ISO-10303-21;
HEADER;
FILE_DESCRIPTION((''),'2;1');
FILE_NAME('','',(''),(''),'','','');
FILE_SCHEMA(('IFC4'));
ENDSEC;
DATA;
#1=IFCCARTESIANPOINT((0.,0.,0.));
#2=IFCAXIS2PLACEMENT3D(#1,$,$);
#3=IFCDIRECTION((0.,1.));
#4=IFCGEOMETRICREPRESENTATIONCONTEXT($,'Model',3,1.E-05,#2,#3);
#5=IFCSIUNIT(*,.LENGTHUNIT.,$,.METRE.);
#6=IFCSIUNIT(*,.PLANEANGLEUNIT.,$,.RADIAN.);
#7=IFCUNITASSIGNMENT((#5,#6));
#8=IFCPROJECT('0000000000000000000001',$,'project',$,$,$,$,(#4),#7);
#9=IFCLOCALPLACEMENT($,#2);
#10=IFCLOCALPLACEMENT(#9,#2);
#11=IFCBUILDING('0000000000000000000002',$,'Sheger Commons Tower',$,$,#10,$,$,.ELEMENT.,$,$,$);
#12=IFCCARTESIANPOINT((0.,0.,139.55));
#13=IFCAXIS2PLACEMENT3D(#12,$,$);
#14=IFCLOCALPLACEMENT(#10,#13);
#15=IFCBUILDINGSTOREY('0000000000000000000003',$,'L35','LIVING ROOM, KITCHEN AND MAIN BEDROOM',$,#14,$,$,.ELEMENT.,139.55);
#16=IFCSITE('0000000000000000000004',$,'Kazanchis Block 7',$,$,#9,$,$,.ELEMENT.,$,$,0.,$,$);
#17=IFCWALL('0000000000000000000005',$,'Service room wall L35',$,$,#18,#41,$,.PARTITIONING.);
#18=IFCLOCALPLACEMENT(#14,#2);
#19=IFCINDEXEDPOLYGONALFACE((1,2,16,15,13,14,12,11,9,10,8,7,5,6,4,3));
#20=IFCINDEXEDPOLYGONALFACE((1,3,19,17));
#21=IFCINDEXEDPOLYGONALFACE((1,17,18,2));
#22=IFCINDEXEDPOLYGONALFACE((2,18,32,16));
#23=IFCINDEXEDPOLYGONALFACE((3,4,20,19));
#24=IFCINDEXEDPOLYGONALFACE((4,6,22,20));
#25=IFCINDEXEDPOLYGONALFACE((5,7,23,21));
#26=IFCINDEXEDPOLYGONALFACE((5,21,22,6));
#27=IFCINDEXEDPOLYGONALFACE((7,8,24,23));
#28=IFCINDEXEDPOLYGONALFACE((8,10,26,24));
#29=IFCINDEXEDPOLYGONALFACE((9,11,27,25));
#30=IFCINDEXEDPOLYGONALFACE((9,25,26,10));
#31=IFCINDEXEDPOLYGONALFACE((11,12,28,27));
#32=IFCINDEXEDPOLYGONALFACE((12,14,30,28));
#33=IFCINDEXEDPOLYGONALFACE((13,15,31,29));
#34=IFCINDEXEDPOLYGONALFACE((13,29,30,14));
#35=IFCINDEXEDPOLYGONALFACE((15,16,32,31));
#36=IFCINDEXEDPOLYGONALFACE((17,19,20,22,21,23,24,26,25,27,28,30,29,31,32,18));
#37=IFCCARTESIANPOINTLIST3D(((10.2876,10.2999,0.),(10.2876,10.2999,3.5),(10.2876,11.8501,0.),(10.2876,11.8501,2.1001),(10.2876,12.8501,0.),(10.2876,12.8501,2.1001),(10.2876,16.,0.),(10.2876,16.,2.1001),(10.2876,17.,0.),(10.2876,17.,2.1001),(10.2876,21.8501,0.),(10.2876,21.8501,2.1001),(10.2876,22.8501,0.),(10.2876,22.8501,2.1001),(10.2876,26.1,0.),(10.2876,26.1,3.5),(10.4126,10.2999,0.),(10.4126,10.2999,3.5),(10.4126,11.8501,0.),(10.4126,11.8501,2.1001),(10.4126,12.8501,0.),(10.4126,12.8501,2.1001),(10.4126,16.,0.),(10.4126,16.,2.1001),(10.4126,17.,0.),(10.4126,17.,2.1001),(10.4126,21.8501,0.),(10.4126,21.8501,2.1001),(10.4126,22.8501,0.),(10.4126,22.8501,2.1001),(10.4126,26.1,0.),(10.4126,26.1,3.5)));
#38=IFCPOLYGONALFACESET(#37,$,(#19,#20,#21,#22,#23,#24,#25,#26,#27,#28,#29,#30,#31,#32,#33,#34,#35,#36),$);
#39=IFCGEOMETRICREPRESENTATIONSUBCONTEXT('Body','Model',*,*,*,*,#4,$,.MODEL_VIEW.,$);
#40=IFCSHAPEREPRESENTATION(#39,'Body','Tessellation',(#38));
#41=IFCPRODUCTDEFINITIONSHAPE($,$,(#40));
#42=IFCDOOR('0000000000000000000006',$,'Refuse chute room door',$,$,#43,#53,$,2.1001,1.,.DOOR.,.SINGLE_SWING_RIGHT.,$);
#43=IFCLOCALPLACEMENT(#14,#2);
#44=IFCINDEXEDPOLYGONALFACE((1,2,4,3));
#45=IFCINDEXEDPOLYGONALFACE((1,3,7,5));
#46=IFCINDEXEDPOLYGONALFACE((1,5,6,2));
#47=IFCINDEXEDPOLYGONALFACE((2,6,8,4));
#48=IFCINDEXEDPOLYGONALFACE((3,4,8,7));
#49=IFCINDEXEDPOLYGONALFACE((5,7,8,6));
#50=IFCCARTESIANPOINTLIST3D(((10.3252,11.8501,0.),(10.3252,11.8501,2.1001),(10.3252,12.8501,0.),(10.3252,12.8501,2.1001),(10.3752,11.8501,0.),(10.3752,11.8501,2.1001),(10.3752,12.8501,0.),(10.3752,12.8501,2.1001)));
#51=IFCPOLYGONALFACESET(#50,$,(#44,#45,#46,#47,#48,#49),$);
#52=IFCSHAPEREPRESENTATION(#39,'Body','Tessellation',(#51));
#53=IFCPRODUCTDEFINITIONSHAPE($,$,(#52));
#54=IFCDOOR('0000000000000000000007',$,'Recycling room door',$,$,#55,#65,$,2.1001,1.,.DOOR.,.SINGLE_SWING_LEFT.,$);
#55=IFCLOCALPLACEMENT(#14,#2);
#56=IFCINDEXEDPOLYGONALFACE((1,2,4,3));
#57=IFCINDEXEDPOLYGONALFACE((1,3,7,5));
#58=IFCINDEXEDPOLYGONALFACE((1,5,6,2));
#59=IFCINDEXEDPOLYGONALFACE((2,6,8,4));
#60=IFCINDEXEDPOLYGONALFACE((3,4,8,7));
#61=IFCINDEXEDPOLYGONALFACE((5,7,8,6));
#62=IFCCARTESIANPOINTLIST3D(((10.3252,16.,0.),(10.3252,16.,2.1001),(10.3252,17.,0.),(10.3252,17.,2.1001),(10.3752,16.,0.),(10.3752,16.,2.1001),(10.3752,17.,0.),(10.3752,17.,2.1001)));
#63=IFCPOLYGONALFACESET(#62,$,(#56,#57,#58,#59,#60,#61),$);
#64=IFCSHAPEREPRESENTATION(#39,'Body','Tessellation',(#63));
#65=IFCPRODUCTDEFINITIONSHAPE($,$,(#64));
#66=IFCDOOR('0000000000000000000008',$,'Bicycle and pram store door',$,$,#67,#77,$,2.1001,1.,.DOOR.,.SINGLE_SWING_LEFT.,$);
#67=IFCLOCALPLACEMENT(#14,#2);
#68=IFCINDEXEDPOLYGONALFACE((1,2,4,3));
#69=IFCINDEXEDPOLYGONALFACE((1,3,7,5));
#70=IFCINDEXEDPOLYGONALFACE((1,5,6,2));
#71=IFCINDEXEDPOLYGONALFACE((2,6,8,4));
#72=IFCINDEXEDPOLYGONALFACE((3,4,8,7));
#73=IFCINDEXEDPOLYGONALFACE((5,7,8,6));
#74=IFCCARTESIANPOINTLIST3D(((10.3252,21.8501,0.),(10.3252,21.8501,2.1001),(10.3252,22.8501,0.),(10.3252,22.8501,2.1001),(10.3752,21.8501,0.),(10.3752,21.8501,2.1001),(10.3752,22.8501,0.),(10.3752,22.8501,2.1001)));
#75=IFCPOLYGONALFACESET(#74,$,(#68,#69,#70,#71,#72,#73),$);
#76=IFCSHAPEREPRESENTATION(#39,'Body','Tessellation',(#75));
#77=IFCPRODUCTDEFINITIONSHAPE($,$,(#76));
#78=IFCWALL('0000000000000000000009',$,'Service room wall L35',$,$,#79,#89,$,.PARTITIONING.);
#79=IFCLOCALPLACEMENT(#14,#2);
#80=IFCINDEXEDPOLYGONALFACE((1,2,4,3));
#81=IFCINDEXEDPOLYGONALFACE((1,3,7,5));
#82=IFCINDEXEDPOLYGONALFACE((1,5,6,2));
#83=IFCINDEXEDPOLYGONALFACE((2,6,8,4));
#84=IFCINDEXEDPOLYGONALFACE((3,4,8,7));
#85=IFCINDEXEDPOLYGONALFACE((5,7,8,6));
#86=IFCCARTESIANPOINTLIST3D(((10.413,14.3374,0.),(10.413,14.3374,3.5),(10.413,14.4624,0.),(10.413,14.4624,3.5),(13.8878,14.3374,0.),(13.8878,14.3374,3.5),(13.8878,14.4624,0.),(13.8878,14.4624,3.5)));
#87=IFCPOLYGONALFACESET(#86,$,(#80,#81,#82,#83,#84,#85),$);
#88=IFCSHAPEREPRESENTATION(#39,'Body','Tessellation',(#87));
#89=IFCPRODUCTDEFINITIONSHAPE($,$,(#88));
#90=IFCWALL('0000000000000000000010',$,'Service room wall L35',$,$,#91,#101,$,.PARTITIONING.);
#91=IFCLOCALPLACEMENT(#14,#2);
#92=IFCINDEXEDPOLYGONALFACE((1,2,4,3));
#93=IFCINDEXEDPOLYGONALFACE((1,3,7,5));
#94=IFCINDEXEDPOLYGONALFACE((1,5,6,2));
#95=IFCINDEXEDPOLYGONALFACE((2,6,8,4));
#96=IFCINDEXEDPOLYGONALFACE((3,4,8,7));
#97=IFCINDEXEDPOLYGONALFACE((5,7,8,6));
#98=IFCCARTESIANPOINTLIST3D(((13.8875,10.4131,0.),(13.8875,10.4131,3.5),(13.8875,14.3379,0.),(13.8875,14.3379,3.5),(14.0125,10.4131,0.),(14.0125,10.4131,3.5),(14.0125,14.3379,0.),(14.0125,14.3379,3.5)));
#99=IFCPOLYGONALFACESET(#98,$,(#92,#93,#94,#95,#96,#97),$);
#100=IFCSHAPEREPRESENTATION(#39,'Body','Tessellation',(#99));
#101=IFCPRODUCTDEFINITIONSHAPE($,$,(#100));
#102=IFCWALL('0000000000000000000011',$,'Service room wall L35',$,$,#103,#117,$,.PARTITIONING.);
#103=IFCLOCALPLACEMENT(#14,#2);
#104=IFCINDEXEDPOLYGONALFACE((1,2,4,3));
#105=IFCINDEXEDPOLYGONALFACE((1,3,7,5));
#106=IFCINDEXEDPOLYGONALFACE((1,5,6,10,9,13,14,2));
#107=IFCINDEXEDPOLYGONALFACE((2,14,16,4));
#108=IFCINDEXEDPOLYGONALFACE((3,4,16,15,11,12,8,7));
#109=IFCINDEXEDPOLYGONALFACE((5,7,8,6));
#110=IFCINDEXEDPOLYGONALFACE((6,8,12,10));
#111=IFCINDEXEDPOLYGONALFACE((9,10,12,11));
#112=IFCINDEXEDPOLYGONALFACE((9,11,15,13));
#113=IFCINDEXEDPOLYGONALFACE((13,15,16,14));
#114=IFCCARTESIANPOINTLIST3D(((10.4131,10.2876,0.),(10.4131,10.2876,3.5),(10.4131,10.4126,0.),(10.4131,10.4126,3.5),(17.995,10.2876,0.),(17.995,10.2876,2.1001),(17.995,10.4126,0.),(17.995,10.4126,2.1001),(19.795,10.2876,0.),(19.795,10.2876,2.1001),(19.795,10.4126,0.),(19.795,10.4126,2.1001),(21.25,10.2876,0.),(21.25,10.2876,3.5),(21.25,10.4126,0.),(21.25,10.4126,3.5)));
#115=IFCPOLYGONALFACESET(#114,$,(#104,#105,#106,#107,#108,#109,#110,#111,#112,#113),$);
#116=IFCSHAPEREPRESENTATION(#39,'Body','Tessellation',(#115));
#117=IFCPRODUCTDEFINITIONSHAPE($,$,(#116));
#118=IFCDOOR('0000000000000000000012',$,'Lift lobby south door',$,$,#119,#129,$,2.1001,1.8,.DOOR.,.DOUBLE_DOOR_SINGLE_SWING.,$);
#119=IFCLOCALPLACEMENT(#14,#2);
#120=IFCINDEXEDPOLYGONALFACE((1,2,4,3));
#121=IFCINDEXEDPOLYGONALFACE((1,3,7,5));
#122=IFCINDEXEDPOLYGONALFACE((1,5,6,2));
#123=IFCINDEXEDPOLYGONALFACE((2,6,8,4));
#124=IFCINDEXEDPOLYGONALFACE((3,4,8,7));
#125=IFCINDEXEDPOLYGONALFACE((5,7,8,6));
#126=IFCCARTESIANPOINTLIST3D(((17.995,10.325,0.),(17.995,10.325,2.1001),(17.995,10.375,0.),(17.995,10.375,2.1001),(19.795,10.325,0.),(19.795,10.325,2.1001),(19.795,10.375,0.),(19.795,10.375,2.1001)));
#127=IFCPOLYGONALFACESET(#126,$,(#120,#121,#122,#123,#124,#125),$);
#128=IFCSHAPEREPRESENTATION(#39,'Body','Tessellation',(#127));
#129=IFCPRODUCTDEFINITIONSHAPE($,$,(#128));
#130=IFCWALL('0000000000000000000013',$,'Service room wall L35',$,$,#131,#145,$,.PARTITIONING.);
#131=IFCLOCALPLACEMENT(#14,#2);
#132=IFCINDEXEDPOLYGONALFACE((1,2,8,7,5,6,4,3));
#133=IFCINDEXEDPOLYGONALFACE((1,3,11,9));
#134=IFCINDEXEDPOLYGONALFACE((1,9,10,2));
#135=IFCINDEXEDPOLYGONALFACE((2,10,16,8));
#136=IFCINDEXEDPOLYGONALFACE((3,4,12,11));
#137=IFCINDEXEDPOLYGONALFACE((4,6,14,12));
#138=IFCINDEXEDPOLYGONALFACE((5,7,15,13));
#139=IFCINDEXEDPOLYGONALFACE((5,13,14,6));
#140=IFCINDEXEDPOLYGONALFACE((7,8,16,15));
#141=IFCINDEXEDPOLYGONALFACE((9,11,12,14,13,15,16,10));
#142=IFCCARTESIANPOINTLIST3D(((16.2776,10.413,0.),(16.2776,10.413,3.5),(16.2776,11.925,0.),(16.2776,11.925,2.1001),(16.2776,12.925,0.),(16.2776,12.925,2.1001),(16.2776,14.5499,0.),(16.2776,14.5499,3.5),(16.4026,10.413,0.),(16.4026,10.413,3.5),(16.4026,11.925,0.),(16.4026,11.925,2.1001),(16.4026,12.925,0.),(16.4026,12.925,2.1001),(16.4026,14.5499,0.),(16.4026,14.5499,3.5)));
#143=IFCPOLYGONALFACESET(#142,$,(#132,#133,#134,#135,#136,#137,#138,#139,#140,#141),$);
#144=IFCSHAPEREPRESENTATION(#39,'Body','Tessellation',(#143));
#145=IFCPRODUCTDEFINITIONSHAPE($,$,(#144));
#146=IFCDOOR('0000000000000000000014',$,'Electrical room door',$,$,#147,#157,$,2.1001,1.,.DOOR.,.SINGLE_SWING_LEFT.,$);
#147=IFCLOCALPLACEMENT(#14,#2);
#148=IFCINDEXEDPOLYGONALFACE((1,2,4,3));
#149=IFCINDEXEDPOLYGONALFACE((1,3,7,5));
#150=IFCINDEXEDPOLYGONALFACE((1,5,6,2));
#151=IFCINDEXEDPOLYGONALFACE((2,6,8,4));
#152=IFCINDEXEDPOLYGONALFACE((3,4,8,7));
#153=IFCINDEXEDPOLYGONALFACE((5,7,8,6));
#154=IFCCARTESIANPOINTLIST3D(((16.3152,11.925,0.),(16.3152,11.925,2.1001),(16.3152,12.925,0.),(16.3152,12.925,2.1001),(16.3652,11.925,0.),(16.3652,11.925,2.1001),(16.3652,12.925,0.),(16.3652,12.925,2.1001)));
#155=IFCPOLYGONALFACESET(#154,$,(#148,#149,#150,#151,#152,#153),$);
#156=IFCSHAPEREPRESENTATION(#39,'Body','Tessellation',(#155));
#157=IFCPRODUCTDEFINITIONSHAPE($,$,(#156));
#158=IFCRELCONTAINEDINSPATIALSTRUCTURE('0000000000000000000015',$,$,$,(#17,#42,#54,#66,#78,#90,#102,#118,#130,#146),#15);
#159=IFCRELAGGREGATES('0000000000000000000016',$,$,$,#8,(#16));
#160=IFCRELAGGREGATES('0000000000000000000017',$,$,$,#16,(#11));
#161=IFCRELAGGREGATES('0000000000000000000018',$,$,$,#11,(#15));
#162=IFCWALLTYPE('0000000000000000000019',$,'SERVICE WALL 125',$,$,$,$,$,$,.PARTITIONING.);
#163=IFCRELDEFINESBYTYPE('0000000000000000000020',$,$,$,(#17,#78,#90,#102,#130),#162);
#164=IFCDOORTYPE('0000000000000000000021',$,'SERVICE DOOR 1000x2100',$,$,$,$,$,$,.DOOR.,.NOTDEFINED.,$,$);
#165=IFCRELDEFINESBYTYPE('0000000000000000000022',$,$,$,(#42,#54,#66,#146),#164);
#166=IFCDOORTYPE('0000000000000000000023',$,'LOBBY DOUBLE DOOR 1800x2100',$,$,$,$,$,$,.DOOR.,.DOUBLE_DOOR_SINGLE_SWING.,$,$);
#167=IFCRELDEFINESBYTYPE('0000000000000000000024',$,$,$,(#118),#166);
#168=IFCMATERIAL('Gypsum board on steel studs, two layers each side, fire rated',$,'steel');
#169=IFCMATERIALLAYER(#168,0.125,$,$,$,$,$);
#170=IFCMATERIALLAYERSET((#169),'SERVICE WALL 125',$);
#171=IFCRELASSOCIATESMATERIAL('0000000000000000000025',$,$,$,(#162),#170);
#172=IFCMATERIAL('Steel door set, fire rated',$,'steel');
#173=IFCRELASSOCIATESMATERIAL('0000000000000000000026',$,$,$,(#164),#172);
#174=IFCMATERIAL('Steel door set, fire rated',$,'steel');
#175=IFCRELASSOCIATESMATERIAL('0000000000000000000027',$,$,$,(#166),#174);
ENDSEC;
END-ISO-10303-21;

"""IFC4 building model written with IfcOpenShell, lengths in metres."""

from ifc_helpers import new_model, si_unit, direction, frame, frame_2d, origin, place, context, subcontext, project, spatial, rectangle, extrude, material, layer, layer_set, type_object, element, fill, save


model = new_model("IFC4")

# Units and contexts
model_context = context("Model", 3, precision=1e-05, world=origin(), true_north=direction((0.0, 1.0)))
body_context = subcontext(model_context, "Body", "Model", "MODEL_VIEW")
ifc_project = project(units=[si_unit("LENGTHUNIT", "METRE"), si_unit("PLANEANGLEUNIT", "RADIAN")], contexts=[model_context])

# Site, building, storey
site_placement = place(None, origin())
site = spatial("IfcSite", under=ifc_project, at=site_placement, Name="Kazanchis Block 7", CompositionType="ELEMENT", RefElevation=0.0)
building_placement = place(site_placement, origin())
building = spatial("IfcBuilding", under=site, at=building_placement, Name="Sheger Commons Tower", CompositionType="ELEMENT")
storey_placement = place(building_placement, frame((0.0, 0.0, 139.55)))
storey = spatial("IfcBuildingStorey", under=building, at=storey_placement, Name="L35", Description="LIVING ROOM, KITCHEN AND MAIN BEDROOM", CompositionType="ELEMENT", Elevation=139.55)

# Wall, openings, doors
ifc_material_1 = material(Name="Gypsum board on steel studs, two layers each side, fire rated", Category="steel")
ifc_layer_1 = layer(ifc_material_1, 0.125)
ifc_layer_set_1 = layer_set([ifc_layer_1], Name="SERVICE WALL 125")
wall_type_1 = type_object("IfcWallType", Name="SERVICE WALL 125", PredefinedType="PARTITIONING", material=ifc_layer_set_1)
wall_1_placement = place(storey_placement, frame((10.3501, 10.3, 0.0), z_axis=(0.0, 0.0, 1.0), x_axis=(0.0, 1.0, 0.0)))
wall_1 = element("IfcWall", 1, at=wall_1_placement, inside=storey, type_object=wall_type_1, Name="Service room wall L35", PredefinedType="PARTITIONING", context=body_context, shape_type="SweptSolid", body=[
    extrude(rectangle(XDim=15.8, YDim=0.125, at=frame_2d((7.8999, 0.0))), origin(), (0.0, 0.0, 1.0), 3.5),
])
opening_1_placement = place(wall_1_placement, frame((1.55, 0.0, 0.0)))
opening_1 = element("IfcOpeningElement", 2, at=opening_1_placement, cuts=wall_1, PredefinedType="OPENING", context=body_context, shape_type="SweptSolid", body=[
    extrude(rectangle(XDim=1.0, YDim=2.1001, at=frame_2d((0.5, 1.05))), frame((0.0, 0.0725, 0.0), z_axis=(0.0, -1.0, 0.0), x_axis=(1.0, 0.0, 0.0)), (0.0, 0.0, 1.0), 0.145),
])
opening_2_placement = place(wall_1_placement, frame((5.7, 0.0, 0.0)))
opening_2 = element("IfcOpeningElement", 3, at=opening_2_placement, cuts=wall_1, PredefinedType="OPENING", context=body_context, shape_type="SweptSolid", body=[
    extrude(rectangle(XDim=1.0, YDim=2.1001, at=frame_2d((0.5, 1.05))), frame((0.0, 0.0725, 0.0), z_axis=(0.0, -1.0, 0.0), x_axis=(1.0, 0.0, 0.0)), (0.0, 0.0, 1.0), 0.145),
])
opening_3_placement = place(wall_1_placement, frame((11.55, 0.0, 0.0)))
opening_3 = element("IfcOpeningElement", 4, at=opening_3_placement, cuts=wall_1, PredefinedType="OPENING", context=body_context, shape_type="SweptSolid", body=[
    extrude(rectangle(XDim=1.0, YDim=2.1001, at=frame_2d((0.5, 1.05))), frame((0.0, 0.0725, 0.0), z_axis=(0.0, -1.0, 0.0), x_axis=(1.0, 0.0, 0.0)), (0.0, 0.0, 1.0), 0.145),
])
ifc_material_2 = material(Name="Steel door set, fire rated", Category="steel")
door_type_1 = type_object("IfcDoorType", Name="SERVICE DOOR 1000x2100", OperationType="NOTDEFINED", PredefinedType="DOOR", material=ifc_material_2)
door_1_placement = place(opening_1_placement, origin())
door_1 = element("IfcDoor", 5, at=door_1_placement, inside=storey, type_object=door_type_1, Name="Refuse chute room door", OperationType="SINGLE_SWING_RIGHT", OverallHeight=2.1001, OverallWidth=1.0, PredefinedType="DOOR", context=body_context, shape_type="SweptSolid", body=[
    extrude(rectangle(XDim=1.0, YDim=2.1001, at=frame_2d((0.5, 1.05))), frame((0.0, 0.0249, 0.0), z_axis=(0.0, -1.0, 0.0), x_axis=(1.0, 0.0, 0.0)), (0.0, 0.0, 1.0), 0.05),
])
fill(opening_1, door_1)
door_2_placement = place(opening_2_placement, origin())
door_2 = element("IfcDoor", 6, at=door_2_placement, inside=storey, type_object=door_type_1, Name="Recycling room door", OperationType="SINGLE_SWING_LEFT", OverallHeight=2.1001, OverallWidth=1.0, PredefinedType="DOOR", context=body_context, shape_type="SweptSolid", body=[
    extrude(rectangle(XDim=1.0, YDim=2.1001, at=frame_2d((0.5, 1.05))), frame((0.0, 0.0249, 0.0), z_axis=(0.0, -1.0, 0.0), x_axis=(1.0, 0.0, 0.0)), (0.0, 0.0, 1.0), 0.05),
])
fill(opening_2, door_2)
door_3_placement = place(opening_3_placement, origin())
door_3 = element("IfcDoor", 7, at=door_3_placement, inside=storey, type_object=door_type_1, Name="Bicycle and pram store door", OperationType="SINGLE_SWING_LEFT", OverallHeight=2.1001, OverallWidth=1.0, PredefinedType="DOOR", context=body_context, shape_type="SweptSolid", body=[
    extrude(rectangle(XDim=1.0, YDim=2.1001, at=frame_2d((0.5, 1.05))), frame((0.0, 0.0249, 0.0), z_axis=(0.0, -1.0, 0.0), x_axis=(1.0, 0.0, 0.0)), (0.0, 0.0, 1.0), 0.05),
])
fill(opening_3, door_3)

# Walls
wall_2_placement = place(storey_placement, frame((10.4131, 14.3999, 0.0), z_axis=(0.0, 0.0, 1.0), x_axis=(1.0, 0.0, 0.0)))
element("IfcWall", 8, at=wall_2_placement, inside=storey, type_object=wall_type_1, Name="Service room wall L35", PredefinedType="PARTITIONING", context=body_context, shape_type="SweptSolid", body=[
    extrude(rectangle(XDim=3.4749, YDim=0.125, at=frame_2d((1.7373, 0.0))), origin(), (0.0, 0.0, 1.0), 3.5),
])
wall_3_placement = place(storey_placement, frame((13.95, 10.4131, 0.0), z_axis=(0.0, 0.0, 1.0), x_axis=(0.0, 1.0, 0.0)))
element("IfcWall", 9, at=wall_3_placement, inside=storey, type_object=wall_type_1, Name="Service room wall L35", PredefinedType="PARTITIONING", context=body_context, shape_type="SweptSolid", body=[
    extrude(rectangle(XDim=3.9248, YDim=0.125, at=frame_2d((1.9624, 0.0))), origin(), (0.0, 0.0, 1.0), 3.5),
])

# Walls, openings, doors
wall_4_placement = place(storey_placement, frame((10.4131, 10.3501, 0.0), z_axis=(0.0, 0.0, 1.0), x_axis=(1.0, 0.0, 0.0)))
wall_4 = element("IfcWall", 10, at=wall_4_placement, inside=storey, type_object=wall_type_1, Name="Service room wall L35", PredefinedType="PARTITIONING", context=body_context, shape_type="SweptSolid", body=[
    extrude(rectangle(XDim=10.8369, YDim=0.125, at=frame_2d((5.4185, 0.0))), origin(), (0.0, 0.0, 1.0), 3.5),
])
opening_4_placement = place(wall_4_placement, frame((7.582, 0.0, 0.0)))
opening_4 = element("IfcOpeningElement", 11, at=opening_4_placement, cuts=wall_4, PredefinedType="OPENING", context=body_context, shape_type="SweptSolid", body=[
    extrude(rectangle(XDim=1.8, YDim=2.1001, at=frame_2d((0.8999, 1.05))), frame((0.0, 0.0725, 0.0), z_axis=(0.0, -1.0, 0.0), x_axis=(1.0, 0.0, 0.0)), (0.0, 0.0, 1.0), 0.145),
])
ifc_material_3 = material(Name="Steel door set, fire rated", Category="steel")
door_type_2 = type_object("IfcDoorType", Name="LOBBY DOUBLE DOOR 1800x2100", OperationType="DOUBLE_DOOR_SINGLE_SWING", PredefinedType="DOOR", material=ifc_material_3)
door_4_placement = place(opening_4_placement, origin())
door_4 = element("IfcDoor", 12, at=door_4_placement, inside=storey, type_object=door_type_2, Name="Lift lobby south door", OperationType="DOUBLE_DOOR_SINGLE_SWING", OverallHeight=2.1001, OverallWidth=1.8, PredefinedType="DOOR", context=body_context, shape_type="SweptSolid", body=[
    extrude(rectangle(XDim=1.8, YDim=2.1001, at=frame_2d((0.8999, 1.05))), frame((0.0, 0.0249, 0.0), z_axis=(0.0, -1.0, 0.0), x_axis=(1.0, 0.0, 0.0)), (0.0, 0.0, 1.0), 0.05),
])
fill(opening_4, door_4)
wall_5_placement = place(storey_placement, frame((16.3401, 10.4131, 0.0), z_axis=(0.0, 0.0, 1.0), x_axis=(0.0, 1.0, 0.0)))
wall_5 = element("IfcWall", 13, at=wall_5_placement, inside=storey, type_object=wall_type_1, Name="Service room wall L35", PredefinedType="PARTITIONING", context=body_context, shape_type="SweptSolid", body=[
    extrude(rectangle(XDim=4.137, YDim=0.125, at=frame_2d((2.0684, 0.0))), origin(), (0.0, 0.0, 1.0), 3.5),
])
opening_5_placement = place(wall_5_placement, frame((1.512, 0.0, 0.0)))
opening_5 = element("IfcOpeningElement", 14, at=opening_5_placement, cuts=wall_5, PredefinedType="OPENING", context=body_context, shape_type="SweptSolid", body=[
    extrude(rectangle(XDim=1.0, YDim=2.1001, at=frame_2d((0.5, 1.05))), frame((0.0, 0.0725, 0.0), z_axis=(0.0, -1.0, 0.0), x_axis=(1.0, 0.0, 0.0)), (0.0, 0.0, 1.0), 0.145),
])
door_5_placement = place(opening_5_placement, origin())
door_5 = element("IfcDoor", 15, at=door_5_placement, inside=storey, type_object=door_type_1, Name="Electrical room door", OperationType="SINGLE_SWING_LEFT", OverallHeight=2.1001, OverallWidth=1.0, PredefinedType="DOOR", context=body_context, shape_type="SweptSolid", body=[
    extrude(rectangle(XDim=1.0, YDim=2.1001, at=frame_2d((0.5, 1.05))), frame((0.0, 0.0249, 0.0), z_axis=(0.0, -1.0, 0.0), x_axis=(1.0, 0.0, 0.0)), (0.0, 0.0, 1.0), 0.05),
])
fill(opening_5, door_5)

save(model, "model.ifc")
